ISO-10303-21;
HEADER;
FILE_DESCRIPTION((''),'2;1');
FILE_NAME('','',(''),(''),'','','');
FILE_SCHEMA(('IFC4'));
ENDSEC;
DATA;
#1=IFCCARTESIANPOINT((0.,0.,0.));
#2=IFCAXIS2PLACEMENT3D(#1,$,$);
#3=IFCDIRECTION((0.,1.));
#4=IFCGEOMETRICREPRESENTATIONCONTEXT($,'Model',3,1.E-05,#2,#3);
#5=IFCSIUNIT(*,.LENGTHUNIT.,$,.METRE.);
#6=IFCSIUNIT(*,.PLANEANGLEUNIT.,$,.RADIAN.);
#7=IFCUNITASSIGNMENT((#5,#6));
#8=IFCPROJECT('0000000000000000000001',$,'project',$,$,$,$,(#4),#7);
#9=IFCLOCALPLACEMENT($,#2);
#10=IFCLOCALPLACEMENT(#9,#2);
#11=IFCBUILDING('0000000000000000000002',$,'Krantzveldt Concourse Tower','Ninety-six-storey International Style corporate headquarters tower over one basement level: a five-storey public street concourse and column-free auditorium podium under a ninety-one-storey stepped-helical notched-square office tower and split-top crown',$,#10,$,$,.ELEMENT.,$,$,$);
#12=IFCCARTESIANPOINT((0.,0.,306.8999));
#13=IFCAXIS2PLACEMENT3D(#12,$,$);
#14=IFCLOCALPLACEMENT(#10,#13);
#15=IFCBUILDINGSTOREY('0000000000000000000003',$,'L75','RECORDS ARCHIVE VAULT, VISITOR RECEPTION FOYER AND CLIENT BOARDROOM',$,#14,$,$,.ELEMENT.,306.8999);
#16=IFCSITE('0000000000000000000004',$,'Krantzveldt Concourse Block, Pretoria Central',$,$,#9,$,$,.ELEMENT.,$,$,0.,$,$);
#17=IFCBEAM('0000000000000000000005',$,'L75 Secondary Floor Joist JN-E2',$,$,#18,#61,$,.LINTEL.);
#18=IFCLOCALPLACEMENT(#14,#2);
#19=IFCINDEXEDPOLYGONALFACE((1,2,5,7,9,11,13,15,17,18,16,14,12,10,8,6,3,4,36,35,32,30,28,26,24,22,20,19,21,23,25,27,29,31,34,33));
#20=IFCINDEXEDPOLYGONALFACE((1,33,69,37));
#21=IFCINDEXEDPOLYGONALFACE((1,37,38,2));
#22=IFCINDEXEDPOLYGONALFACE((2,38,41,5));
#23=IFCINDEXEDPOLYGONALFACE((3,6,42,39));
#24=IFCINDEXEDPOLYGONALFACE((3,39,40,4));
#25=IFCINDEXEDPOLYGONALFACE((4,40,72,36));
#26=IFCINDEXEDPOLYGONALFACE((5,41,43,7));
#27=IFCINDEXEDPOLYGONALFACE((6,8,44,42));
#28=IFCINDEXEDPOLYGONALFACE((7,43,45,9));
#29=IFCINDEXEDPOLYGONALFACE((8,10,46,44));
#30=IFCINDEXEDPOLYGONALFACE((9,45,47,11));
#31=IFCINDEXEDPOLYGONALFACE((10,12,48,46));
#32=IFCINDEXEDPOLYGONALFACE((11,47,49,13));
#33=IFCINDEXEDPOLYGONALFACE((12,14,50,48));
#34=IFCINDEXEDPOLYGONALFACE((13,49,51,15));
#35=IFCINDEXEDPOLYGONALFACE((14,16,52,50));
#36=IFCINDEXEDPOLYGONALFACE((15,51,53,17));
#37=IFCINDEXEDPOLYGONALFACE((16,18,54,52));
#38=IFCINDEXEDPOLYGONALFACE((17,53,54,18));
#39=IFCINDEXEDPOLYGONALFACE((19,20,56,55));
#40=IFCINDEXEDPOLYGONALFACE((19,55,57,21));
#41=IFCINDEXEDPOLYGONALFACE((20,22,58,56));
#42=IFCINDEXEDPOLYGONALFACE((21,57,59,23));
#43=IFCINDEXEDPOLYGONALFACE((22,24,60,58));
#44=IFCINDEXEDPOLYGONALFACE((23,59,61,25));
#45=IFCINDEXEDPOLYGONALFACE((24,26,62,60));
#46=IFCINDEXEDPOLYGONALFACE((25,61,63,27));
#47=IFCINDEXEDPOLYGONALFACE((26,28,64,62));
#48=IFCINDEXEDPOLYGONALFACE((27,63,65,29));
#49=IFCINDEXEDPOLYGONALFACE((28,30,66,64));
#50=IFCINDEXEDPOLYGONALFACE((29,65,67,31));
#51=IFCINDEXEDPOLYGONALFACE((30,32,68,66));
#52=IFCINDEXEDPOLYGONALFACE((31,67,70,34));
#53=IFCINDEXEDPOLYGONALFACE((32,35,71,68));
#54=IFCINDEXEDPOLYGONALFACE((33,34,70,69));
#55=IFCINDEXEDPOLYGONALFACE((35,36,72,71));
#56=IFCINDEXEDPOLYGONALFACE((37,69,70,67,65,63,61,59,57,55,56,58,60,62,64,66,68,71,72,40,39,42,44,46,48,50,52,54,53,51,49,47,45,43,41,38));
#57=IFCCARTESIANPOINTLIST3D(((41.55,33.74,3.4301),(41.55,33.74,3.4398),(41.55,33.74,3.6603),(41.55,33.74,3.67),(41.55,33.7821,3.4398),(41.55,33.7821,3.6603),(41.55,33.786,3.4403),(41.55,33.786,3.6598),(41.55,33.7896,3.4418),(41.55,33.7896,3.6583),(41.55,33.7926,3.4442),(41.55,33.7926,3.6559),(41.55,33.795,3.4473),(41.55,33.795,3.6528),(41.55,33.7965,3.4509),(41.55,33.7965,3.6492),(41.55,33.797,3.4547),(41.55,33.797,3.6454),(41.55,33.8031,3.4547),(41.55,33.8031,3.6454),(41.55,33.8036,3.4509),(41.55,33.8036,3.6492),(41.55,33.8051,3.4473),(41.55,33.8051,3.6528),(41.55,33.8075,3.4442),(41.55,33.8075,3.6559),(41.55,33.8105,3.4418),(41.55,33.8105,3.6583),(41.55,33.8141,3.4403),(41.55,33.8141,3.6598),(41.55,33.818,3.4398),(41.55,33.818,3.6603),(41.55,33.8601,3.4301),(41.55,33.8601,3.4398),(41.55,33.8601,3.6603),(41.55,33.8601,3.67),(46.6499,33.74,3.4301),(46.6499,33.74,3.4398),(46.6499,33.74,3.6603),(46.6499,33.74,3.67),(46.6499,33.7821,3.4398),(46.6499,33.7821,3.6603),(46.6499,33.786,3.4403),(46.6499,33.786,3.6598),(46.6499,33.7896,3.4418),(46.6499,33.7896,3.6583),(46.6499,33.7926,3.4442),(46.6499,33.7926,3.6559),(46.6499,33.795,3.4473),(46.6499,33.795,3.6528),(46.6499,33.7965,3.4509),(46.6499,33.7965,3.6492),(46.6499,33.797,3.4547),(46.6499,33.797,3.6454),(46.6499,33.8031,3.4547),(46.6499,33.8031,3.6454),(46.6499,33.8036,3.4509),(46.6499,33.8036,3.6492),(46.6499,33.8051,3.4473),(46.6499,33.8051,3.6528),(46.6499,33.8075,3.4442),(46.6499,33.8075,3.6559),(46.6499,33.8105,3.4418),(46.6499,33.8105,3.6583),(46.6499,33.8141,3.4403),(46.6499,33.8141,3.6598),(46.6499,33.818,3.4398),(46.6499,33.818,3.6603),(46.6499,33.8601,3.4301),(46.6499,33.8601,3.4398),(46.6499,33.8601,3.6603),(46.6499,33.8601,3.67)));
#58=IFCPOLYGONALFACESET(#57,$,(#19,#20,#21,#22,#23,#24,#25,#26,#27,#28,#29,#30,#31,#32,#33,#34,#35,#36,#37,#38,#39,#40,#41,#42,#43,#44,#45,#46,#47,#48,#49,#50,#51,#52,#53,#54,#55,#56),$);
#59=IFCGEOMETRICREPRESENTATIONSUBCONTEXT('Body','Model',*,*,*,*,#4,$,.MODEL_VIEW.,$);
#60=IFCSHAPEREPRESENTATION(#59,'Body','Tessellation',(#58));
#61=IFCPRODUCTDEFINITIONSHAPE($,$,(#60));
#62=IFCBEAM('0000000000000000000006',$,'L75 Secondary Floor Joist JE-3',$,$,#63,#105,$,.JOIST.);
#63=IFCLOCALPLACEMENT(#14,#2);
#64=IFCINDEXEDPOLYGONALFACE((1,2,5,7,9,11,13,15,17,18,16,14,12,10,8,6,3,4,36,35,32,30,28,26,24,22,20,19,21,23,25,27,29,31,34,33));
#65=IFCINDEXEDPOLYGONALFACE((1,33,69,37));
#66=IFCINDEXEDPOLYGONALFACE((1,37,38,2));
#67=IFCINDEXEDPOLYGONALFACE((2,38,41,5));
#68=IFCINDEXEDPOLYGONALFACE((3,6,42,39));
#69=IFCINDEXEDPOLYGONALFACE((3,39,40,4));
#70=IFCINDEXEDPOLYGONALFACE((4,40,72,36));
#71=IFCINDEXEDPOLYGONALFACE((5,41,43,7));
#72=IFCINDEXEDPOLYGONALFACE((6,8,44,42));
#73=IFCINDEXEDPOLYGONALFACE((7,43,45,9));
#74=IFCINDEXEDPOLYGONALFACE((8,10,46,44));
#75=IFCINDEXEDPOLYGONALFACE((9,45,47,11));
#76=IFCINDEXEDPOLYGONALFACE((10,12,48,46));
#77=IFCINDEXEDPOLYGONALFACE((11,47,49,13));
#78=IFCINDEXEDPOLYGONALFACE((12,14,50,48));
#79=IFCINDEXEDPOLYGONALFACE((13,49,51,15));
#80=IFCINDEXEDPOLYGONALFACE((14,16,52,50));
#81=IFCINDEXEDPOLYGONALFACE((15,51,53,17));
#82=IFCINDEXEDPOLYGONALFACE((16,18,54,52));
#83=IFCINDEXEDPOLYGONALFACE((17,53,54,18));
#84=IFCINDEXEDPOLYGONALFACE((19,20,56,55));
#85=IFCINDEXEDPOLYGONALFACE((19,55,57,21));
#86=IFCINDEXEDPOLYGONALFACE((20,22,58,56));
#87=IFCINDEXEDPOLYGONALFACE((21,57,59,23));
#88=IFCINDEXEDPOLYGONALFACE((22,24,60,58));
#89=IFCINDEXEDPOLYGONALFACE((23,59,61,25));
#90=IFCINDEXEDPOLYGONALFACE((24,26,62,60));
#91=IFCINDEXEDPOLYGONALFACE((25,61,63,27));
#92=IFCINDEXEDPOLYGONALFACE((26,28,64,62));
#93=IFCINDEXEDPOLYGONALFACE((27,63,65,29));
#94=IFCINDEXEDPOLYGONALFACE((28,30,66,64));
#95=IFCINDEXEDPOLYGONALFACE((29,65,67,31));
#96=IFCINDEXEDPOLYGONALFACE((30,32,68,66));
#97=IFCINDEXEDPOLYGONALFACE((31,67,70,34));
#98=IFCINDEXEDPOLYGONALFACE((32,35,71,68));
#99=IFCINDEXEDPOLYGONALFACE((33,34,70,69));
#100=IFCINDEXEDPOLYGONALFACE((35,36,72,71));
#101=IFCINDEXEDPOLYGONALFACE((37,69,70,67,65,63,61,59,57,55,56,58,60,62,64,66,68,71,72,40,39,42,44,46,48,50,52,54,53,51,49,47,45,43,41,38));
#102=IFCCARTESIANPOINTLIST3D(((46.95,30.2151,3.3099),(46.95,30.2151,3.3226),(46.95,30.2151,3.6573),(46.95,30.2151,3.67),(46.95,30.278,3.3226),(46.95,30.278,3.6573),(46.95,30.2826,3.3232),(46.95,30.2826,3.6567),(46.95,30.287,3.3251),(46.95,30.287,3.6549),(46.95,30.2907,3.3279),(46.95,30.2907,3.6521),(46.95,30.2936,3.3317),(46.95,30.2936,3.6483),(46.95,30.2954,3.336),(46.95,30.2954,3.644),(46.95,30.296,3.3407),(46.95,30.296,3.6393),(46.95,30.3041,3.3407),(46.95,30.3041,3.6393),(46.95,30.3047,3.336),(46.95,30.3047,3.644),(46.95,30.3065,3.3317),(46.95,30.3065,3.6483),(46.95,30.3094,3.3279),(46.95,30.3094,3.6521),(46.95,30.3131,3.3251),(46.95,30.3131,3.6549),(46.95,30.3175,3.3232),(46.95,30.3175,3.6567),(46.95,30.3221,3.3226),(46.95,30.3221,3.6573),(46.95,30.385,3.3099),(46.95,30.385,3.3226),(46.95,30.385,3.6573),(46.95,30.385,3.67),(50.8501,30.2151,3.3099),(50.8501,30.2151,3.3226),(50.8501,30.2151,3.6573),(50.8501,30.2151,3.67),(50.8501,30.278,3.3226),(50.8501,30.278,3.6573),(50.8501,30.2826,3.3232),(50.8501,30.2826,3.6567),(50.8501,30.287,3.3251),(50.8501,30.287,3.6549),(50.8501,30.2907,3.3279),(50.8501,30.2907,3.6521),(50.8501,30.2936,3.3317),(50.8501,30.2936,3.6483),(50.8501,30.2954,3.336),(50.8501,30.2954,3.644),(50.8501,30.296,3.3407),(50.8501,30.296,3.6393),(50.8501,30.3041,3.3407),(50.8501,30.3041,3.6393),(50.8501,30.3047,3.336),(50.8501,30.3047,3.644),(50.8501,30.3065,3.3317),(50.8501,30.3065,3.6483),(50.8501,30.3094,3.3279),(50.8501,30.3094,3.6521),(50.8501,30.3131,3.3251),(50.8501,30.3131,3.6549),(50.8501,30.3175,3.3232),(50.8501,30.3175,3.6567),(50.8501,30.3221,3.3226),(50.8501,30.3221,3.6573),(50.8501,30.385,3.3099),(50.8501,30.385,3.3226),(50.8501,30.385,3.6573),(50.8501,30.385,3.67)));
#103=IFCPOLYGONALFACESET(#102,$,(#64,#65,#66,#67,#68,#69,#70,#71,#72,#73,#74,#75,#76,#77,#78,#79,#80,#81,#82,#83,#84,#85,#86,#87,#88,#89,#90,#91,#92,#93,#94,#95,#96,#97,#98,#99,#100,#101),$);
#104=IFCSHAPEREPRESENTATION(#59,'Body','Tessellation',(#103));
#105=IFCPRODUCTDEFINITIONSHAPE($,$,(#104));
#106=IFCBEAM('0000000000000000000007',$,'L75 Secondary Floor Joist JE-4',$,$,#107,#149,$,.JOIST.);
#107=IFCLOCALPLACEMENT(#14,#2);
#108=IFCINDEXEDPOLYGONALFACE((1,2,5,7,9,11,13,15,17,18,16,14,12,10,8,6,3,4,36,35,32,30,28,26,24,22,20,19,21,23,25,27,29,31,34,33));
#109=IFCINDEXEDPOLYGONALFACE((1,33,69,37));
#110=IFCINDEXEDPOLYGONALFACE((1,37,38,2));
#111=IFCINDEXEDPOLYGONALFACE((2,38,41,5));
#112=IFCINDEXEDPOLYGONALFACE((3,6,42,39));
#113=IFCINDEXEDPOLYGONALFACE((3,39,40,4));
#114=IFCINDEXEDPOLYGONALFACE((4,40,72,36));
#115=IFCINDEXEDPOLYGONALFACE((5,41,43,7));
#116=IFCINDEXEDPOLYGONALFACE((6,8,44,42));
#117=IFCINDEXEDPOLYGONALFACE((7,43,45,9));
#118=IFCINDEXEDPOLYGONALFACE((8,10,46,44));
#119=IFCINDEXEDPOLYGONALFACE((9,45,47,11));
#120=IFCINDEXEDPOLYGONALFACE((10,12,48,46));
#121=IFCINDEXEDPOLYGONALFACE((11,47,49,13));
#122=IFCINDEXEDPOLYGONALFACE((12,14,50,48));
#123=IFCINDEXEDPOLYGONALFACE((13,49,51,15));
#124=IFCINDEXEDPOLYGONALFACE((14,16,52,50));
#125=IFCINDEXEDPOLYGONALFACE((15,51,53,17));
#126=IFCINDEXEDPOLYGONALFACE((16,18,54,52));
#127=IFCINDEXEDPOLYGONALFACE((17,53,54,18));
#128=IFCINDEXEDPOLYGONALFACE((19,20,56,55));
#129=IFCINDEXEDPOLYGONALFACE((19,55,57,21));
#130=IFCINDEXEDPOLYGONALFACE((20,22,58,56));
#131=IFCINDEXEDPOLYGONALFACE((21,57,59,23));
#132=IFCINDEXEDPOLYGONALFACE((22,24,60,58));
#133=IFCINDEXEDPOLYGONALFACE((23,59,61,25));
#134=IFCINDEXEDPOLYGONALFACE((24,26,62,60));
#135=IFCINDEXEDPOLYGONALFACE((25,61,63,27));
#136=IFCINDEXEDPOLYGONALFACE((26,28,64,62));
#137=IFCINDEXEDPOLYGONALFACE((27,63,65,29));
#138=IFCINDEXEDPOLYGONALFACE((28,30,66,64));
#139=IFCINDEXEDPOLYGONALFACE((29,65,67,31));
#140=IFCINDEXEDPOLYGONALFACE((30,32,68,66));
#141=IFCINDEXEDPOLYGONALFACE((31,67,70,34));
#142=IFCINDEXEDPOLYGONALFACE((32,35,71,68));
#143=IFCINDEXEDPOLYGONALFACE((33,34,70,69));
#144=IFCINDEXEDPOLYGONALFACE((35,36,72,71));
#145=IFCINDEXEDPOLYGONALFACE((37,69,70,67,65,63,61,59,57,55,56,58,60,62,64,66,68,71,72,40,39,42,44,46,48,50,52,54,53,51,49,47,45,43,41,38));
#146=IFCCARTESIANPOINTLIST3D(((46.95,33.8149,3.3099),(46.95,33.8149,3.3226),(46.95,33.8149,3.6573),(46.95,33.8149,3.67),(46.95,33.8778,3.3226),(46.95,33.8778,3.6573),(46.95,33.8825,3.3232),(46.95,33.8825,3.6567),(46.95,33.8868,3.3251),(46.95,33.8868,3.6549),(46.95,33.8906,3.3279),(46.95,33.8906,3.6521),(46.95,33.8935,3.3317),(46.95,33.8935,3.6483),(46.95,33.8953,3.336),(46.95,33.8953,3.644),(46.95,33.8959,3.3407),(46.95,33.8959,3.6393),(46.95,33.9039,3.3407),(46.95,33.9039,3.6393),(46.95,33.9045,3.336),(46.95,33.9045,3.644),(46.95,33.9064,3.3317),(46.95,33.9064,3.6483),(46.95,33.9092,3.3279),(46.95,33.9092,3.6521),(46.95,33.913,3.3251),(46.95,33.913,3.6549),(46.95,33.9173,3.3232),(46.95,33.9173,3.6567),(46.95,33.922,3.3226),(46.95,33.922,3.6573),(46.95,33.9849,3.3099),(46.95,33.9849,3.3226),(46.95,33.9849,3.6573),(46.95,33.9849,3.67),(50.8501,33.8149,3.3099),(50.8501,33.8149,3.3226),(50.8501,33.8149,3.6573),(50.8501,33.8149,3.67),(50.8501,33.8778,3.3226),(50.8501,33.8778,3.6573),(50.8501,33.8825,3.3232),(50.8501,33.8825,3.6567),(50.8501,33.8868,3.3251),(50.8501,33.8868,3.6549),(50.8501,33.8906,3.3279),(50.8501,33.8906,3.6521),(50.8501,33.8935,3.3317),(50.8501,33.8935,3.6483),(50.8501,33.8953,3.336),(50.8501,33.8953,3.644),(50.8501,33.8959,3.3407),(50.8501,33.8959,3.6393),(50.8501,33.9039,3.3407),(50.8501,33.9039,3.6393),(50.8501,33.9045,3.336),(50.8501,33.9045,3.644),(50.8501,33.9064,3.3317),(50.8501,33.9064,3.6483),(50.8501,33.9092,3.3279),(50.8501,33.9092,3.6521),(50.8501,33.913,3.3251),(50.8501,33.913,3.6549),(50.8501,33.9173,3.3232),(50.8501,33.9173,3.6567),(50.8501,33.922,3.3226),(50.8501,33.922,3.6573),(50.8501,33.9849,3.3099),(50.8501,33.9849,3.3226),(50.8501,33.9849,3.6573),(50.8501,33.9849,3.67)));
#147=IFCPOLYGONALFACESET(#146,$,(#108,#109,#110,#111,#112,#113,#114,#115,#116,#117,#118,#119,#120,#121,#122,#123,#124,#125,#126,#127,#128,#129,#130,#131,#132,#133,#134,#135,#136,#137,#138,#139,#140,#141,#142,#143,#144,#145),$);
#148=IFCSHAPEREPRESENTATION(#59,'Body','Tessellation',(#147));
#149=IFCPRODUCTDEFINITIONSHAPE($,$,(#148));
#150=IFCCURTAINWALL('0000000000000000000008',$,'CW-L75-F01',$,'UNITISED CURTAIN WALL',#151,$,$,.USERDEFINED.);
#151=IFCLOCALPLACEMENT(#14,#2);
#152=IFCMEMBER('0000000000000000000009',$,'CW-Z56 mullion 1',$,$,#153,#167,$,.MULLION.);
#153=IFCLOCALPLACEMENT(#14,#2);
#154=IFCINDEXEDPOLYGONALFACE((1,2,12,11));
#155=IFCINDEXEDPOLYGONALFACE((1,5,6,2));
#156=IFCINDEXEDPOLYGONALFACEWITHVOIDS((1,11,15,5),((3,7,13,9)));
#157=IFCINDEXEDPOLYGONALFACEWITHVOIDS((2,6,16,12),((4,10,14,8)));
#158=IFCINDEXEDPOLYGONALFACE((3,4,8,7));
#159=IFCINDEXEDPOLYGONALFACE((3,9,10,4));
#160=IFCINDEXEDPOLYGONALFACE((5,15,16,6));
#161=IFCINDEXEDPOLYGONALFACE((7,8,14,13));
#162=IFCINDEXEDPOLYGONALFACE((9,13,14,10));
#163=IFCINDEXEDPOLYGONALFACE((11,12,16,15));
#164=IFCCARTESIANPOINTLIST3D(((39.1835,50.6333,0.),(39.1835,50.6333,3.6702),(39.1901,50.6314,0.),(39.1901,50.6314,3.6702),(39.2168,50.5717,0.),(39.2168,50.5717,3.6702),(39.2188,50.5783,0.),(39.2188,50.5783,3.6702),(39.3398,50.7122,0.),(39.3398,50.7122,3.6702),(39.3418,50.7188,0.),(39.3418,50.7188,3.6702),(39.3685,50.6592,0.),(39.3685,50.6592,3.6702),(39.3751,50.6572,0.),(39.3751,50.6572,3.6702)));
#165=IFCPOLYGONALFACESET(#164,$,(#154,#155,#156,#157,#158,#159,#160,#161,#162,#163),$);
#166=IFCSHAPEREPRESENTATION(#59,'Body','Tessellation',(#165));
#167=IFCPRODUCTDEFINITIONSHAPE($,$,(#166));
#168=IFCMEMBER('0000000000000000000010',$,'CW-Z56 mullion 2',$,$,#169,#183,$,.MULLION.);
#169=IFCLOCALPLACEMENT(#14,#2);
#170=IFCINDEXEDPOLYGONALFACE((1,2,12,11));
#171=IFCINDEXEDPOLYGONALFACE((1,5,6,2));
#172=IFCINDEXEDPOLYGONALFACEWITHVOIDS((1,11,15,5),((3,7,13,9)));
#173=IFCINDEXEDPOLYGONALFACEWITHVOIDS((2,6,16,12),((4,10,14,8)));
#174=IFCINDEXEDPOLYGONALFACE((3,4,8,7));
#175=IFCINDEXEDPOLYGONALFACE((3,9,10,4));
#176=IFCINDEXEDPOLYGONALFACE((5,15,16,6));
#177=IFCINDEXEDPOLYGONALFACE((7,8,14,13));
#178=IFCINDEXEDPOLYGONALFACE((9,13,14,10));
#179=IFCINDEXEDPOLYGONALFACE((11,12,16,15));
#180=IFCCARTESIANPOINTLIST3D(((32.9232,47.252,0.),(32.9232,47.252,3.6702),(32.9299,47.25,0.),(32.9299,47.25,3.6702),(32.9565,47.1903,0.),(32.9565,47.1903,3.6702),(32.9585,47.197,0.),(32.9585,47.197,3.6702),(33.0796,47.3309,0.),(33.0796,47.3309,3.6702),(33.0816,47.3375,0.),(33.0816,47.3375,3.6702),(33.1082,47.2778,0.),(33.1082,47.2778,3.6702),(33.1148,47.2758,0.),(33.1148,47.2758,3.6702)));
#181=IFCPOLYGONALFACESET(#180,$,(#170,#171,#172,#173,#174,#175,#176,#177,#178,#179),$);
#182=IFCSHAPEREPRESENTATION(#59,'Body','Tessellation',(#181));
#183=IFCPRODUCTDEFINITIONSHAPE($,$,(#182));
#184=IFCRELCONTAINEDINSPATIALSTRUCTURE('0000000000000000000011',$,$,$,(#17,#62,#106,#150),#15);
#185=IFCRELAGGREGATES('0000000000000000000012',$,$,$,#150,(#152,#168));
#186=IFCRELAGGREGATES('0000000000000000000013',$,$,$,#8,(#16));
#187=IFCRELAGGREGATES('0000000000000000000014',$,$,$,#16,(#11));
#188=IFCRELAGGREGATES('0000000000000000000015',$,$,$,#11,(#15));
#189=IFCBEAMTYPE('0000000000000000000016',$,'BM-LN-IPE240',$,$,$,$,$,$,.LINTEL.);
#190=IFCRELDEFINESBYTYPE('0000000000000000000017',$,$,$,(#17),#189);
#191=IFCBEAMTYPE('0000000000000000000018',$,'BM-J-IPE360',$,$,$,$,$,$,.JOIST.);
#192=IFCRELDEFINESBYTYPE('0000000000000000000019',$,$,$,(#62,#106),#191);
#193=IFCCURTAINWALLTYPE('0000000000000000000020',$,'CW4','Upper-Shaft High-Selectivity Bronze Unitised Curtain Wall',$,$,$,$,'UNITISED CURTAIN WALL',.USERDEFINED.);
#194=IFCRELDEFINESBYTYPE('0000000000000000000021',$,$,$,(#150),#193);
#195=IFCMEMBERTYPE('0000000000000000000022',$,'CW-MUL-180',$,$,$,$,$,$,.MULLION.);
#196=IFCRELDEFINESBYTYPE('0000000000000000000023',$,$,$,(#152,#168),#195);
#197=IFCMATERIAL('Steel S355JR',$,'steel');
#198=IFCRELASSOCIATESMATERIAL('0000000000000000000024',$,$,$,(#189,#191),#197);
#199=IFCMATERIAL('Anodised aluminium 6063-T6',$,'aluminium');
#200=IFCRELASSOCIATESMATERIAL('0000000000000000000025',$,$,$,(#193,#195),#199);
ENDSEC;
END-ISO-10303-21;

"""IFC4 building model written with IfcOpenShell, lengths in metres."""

from ifc_helpers import new_model, si_unit, direction, frame, origin, origin_2d, place, context, subcontext, project, spatial, hollow_rectangle, i_section, extrude, source, transform, mapped, material, material_profile, profile_set, type_object, type_shapes, element, aggregate, save


model = new_model("IFC4")

# Units and contexts
model_context = context("Model", 3, precision=1e-05, world=origin(), true_north=direction((0.0, 1.0)))
body_context = subcontext(model_context, "Body", "Model", "MODEL_VIEW")
ifc_project = project(units=[si_unit("LENGTHUNIT", "METRE"), si_unit("PLANEANGLEUNIT", "RADIAN")], contexts=[model_context])

# Site, building, storey
site_placement = place(None, origin())
site = spatial("IfcSite", under=ifc_project, at=site_placement, Name="Krantzveldt Concourse Block, Pretoria Central", CompositionType="ELEMENT", RefElevation=0.0)
building_placement = place(site_placement, origin())
building = spatial("IfcBuilding", under=site, at=building_placement, Name="Krantzveldt Concourse Tower", Description="Ninety-six-storey International Style corporate headquarters tower over one basement level: a five-storey public street concourse and column-free auditorium podium under a ninety-one-storey stepped-helical notched-square office tower and split-top crown", CompositionType="ELEMENT")
storey_placement = place(building_placement, frame((0.0, 0.0, 306.8999)))
storey = spatial("IfcBuildingStorey", under=building, at=storey_placement, Name="L75", Description="RECORDS ARCHIVE VAULT, VISITOR RECEPTION FOYER AND CLIENT BOARDROOM", CompositionType="ELEMENT", Elevation=306.8999)

# Beams
ifc_material_1 = material(Name="Steel S355JR", Category="steel")
ifc_material_profile_1 = material_profile(ifc_material_1, i_section(OverallWidth=0.1201, OverallDepth=0.24, WebThickness=0.0061, FlangeThickness=0.0098, FilletRadius=0.0149, at=origin_2d()), Name="Steel S355JR", Category="steel")
ifc_profile_set_1 = profile_set([ifc_material_profile_1], Name="Steel S355JR - IPE 240")
beam_type_1 = type_object("IfcBeamType", Name="BM-LN-IPE240", PredefinedType="LINTEL", material=ifc_profile_set_1)
shared_shape_1 = source(origin(), body_context, "Body", "SweptSolid", [
    extrude(i_section(OverallWidth=0.1201, OverallDepth=0.24, WebThickness=0.0061, FlangeThickness=0.0098, FilletRadius=0.0149, at=origin_2d()), origin(), (0.0, 0.0, 1.0), 5.0999),
])
type_shapes(beam_type_1, [shared_shape_1])
for number, where, z_axis, x_axis, name in (
    (1, (41.55, 33.8, 3.55), (1.0, 0.0, 0.0), (0.0, 1.0, 0.0), "L75 Secondary Floor Joist JN-E2"),
):
    element("IfcBeam", number, at=place(storey_placement, frame(where, z_axis=z_axis, x_axis=x_axis)), inside=storey, type_object=beam_type_1, Name=name, PredefinedType="LINTEL", context=body_context, shape_type="MappedRepresentation", body=[
        mapped(shared_shape_1, transform((0.0, 0.0, 0.0), x_axis=(1.0, 0.0, 0.0), y_axis=(0.0, 1.0, 0.0), z_axis=(0.0, 0.0, 1.0), scale=1.0)),
    ])
ifc_material_profile_2 = material_profile(ifc_material_1, i_section(OverallWidth=0.1699, OverallDepth=0.3601, WebThickness=0.0081, FlangeThickness=0.0127, FilletRadius=0.0181, at=origin_2d()), Name="Steel S355JR", Category="steel")
ifc_profile_set_2 = profile_set([ifc_material_profile_2], Name="Steel S355JR - IPE 360")
beam_type_2 = type_object("IfcBeamType", Name="BM-J-IPE360", PredefinedType="JOIST", material=ifc_profile_set_2)
shared_shape_2 = source(origin(), body_context, "Body", "SweptSolid", [
    extrude(i_section(OverallWidth=0.1699, OverallDepth=0.3601, WebThickness=0.0081, FlangeThickness=0.0127, FilletRadius=0.0181, at=origin_2d()), origin(), (0.0, 0.0, 1.0), 3.9001),
])
type_shapes(beam_type_2, [shared_shape_2])
for number, where, z_axis, x_axis, name in (
    (2, (46.95, 30.3, 3.49), (1.0, 0.0, 0.0), (0.0, 1.0, 0.0), "L75 Secondary Floor Joist JE-3"),
    (3, (46.95, 33.8999, 3.49), (1.0, 0.0, 0.0), (0.0, 1.0, 0.0), "L75 Secondary Floor Joist JE-4"),
):
    element("IfcBeam", number, at=place(storey_placement, frame(where, z_axis=z_axis, x_axis=x_axis)), inside=storey, type_object=beam_type_2, Name=name, PredefinedType="JOIST", context=body_context, shape_type="MappedRepresentation", body=[
        mapped(shared_shape_2, transform((0.0, 0.0, 0.0), x_axis=(1.0, 0.0, 0.0), y_axis=(0.0, 1.0, 0.0), z_axis=(0.0, 0.0, 1.0), scale=1.0)),
    ])

# Curtain wall, members
ifc_material_2 = material(Name="Anodised aluminium 6063-T6", Category="aluminium")
curtain_wall_type = type_object("IfcCurtainWallType", Name="CW4", Description="Upper-Shaft High-Selectivity Bronze Unitised Curtain Wall", ElementType="UNITISED CURTAIN WALL", PredefinedType="USERDEFINED", material=ifc_material_2)
curtain_wall_1_placement = place(storey_placement, origin())
curtain_wall_1 = element("IfcCurtainWall", 4, at=curtain_wall_1_placement, inside=storey, type_object=curtain_wall_type, Name="CW-L75-F01", ObjectType="UNITISED CURTAIN WALL", PredefinedType="USERDEFINED")
ifc_material_profile_3 = material_profile(ifc_material_2, hollow_rectangle(XDim=0.0701, YDim=0.1799, WallThickness=0.0049, at=origin_2d()), Name="Anodised aluminium 6063-T6", Category="aluminium")
ifc_profile_set_3 = profile_set([ifc_material_profile_3], Name="Anodised aluminium 6063-T6 - ALU-MULL 180x70x5")
member_type_1 = type_object("IfcMemberType", Name="CW-MUL-180", PredefinedType="MULLION", material=ifc_profile_set_3)
shared_shape_3 = source(origin(), body_context, "Body", "SweptSolid", [
    extrude(hollow_rectangle(XDim=0.0701, YDim=0.1799, WallThickness=0.0049, at=origin_2d()), origin(), (0.0, 0.0, 1.0), 3.6702),
])
type_shapes(member_type_1, [shared_shape_3])
member_1_placement = place(storey_placement, frame((39.2793, 50.6453, 0.0), z_axis=(0.0, 0.0, 1.0), x_axis=(0.47524, -0.879856, 0.0)))
member_1 = element("IfcMember", 5, at=member_1_placement, type_object=member_type_1, Name="CW-Z56 mullion 1", PredefinedType="MULLION", context=body_context, shape_type="MappedRepresentation", body=[
    mapped(shared_shape_3, transform((0.0, 0.0, 0.0), x_axis=(1.0, 0.0, 0.0), y_axis=(0.0, 1.0, 0.0), z_axis=(0.0, 0.0, 1.0), scale=1.0)),
])
member_2_placement = place(storey_placement, frame((33.019, 47.2639, 0.0), z_axis=(0.0, 0.0, 1.0), x_axis=(0.47524, -0.879856, 0.0)))
member_2 = element("IfcMember", 6, at=member_2_placement, type_object=member_type_1, Name="CW-Z56 mullion 2", PredefinedType="MULLION", context=body_context, shape_type="MappedRepresentation", body=[
    mapped(shared_shape_3, transform((0.0, 0.0, 0.0), x_axis=(1.0, 0.0, 0.0), y_axis=(0.0, 1.0, 0.0), z_axis=(0.0, 0.0, 1.0), scale=1.0)),
])

aggregate(curtain_wall_1, [member_1, member_2])

save(model, "model.ifc")
